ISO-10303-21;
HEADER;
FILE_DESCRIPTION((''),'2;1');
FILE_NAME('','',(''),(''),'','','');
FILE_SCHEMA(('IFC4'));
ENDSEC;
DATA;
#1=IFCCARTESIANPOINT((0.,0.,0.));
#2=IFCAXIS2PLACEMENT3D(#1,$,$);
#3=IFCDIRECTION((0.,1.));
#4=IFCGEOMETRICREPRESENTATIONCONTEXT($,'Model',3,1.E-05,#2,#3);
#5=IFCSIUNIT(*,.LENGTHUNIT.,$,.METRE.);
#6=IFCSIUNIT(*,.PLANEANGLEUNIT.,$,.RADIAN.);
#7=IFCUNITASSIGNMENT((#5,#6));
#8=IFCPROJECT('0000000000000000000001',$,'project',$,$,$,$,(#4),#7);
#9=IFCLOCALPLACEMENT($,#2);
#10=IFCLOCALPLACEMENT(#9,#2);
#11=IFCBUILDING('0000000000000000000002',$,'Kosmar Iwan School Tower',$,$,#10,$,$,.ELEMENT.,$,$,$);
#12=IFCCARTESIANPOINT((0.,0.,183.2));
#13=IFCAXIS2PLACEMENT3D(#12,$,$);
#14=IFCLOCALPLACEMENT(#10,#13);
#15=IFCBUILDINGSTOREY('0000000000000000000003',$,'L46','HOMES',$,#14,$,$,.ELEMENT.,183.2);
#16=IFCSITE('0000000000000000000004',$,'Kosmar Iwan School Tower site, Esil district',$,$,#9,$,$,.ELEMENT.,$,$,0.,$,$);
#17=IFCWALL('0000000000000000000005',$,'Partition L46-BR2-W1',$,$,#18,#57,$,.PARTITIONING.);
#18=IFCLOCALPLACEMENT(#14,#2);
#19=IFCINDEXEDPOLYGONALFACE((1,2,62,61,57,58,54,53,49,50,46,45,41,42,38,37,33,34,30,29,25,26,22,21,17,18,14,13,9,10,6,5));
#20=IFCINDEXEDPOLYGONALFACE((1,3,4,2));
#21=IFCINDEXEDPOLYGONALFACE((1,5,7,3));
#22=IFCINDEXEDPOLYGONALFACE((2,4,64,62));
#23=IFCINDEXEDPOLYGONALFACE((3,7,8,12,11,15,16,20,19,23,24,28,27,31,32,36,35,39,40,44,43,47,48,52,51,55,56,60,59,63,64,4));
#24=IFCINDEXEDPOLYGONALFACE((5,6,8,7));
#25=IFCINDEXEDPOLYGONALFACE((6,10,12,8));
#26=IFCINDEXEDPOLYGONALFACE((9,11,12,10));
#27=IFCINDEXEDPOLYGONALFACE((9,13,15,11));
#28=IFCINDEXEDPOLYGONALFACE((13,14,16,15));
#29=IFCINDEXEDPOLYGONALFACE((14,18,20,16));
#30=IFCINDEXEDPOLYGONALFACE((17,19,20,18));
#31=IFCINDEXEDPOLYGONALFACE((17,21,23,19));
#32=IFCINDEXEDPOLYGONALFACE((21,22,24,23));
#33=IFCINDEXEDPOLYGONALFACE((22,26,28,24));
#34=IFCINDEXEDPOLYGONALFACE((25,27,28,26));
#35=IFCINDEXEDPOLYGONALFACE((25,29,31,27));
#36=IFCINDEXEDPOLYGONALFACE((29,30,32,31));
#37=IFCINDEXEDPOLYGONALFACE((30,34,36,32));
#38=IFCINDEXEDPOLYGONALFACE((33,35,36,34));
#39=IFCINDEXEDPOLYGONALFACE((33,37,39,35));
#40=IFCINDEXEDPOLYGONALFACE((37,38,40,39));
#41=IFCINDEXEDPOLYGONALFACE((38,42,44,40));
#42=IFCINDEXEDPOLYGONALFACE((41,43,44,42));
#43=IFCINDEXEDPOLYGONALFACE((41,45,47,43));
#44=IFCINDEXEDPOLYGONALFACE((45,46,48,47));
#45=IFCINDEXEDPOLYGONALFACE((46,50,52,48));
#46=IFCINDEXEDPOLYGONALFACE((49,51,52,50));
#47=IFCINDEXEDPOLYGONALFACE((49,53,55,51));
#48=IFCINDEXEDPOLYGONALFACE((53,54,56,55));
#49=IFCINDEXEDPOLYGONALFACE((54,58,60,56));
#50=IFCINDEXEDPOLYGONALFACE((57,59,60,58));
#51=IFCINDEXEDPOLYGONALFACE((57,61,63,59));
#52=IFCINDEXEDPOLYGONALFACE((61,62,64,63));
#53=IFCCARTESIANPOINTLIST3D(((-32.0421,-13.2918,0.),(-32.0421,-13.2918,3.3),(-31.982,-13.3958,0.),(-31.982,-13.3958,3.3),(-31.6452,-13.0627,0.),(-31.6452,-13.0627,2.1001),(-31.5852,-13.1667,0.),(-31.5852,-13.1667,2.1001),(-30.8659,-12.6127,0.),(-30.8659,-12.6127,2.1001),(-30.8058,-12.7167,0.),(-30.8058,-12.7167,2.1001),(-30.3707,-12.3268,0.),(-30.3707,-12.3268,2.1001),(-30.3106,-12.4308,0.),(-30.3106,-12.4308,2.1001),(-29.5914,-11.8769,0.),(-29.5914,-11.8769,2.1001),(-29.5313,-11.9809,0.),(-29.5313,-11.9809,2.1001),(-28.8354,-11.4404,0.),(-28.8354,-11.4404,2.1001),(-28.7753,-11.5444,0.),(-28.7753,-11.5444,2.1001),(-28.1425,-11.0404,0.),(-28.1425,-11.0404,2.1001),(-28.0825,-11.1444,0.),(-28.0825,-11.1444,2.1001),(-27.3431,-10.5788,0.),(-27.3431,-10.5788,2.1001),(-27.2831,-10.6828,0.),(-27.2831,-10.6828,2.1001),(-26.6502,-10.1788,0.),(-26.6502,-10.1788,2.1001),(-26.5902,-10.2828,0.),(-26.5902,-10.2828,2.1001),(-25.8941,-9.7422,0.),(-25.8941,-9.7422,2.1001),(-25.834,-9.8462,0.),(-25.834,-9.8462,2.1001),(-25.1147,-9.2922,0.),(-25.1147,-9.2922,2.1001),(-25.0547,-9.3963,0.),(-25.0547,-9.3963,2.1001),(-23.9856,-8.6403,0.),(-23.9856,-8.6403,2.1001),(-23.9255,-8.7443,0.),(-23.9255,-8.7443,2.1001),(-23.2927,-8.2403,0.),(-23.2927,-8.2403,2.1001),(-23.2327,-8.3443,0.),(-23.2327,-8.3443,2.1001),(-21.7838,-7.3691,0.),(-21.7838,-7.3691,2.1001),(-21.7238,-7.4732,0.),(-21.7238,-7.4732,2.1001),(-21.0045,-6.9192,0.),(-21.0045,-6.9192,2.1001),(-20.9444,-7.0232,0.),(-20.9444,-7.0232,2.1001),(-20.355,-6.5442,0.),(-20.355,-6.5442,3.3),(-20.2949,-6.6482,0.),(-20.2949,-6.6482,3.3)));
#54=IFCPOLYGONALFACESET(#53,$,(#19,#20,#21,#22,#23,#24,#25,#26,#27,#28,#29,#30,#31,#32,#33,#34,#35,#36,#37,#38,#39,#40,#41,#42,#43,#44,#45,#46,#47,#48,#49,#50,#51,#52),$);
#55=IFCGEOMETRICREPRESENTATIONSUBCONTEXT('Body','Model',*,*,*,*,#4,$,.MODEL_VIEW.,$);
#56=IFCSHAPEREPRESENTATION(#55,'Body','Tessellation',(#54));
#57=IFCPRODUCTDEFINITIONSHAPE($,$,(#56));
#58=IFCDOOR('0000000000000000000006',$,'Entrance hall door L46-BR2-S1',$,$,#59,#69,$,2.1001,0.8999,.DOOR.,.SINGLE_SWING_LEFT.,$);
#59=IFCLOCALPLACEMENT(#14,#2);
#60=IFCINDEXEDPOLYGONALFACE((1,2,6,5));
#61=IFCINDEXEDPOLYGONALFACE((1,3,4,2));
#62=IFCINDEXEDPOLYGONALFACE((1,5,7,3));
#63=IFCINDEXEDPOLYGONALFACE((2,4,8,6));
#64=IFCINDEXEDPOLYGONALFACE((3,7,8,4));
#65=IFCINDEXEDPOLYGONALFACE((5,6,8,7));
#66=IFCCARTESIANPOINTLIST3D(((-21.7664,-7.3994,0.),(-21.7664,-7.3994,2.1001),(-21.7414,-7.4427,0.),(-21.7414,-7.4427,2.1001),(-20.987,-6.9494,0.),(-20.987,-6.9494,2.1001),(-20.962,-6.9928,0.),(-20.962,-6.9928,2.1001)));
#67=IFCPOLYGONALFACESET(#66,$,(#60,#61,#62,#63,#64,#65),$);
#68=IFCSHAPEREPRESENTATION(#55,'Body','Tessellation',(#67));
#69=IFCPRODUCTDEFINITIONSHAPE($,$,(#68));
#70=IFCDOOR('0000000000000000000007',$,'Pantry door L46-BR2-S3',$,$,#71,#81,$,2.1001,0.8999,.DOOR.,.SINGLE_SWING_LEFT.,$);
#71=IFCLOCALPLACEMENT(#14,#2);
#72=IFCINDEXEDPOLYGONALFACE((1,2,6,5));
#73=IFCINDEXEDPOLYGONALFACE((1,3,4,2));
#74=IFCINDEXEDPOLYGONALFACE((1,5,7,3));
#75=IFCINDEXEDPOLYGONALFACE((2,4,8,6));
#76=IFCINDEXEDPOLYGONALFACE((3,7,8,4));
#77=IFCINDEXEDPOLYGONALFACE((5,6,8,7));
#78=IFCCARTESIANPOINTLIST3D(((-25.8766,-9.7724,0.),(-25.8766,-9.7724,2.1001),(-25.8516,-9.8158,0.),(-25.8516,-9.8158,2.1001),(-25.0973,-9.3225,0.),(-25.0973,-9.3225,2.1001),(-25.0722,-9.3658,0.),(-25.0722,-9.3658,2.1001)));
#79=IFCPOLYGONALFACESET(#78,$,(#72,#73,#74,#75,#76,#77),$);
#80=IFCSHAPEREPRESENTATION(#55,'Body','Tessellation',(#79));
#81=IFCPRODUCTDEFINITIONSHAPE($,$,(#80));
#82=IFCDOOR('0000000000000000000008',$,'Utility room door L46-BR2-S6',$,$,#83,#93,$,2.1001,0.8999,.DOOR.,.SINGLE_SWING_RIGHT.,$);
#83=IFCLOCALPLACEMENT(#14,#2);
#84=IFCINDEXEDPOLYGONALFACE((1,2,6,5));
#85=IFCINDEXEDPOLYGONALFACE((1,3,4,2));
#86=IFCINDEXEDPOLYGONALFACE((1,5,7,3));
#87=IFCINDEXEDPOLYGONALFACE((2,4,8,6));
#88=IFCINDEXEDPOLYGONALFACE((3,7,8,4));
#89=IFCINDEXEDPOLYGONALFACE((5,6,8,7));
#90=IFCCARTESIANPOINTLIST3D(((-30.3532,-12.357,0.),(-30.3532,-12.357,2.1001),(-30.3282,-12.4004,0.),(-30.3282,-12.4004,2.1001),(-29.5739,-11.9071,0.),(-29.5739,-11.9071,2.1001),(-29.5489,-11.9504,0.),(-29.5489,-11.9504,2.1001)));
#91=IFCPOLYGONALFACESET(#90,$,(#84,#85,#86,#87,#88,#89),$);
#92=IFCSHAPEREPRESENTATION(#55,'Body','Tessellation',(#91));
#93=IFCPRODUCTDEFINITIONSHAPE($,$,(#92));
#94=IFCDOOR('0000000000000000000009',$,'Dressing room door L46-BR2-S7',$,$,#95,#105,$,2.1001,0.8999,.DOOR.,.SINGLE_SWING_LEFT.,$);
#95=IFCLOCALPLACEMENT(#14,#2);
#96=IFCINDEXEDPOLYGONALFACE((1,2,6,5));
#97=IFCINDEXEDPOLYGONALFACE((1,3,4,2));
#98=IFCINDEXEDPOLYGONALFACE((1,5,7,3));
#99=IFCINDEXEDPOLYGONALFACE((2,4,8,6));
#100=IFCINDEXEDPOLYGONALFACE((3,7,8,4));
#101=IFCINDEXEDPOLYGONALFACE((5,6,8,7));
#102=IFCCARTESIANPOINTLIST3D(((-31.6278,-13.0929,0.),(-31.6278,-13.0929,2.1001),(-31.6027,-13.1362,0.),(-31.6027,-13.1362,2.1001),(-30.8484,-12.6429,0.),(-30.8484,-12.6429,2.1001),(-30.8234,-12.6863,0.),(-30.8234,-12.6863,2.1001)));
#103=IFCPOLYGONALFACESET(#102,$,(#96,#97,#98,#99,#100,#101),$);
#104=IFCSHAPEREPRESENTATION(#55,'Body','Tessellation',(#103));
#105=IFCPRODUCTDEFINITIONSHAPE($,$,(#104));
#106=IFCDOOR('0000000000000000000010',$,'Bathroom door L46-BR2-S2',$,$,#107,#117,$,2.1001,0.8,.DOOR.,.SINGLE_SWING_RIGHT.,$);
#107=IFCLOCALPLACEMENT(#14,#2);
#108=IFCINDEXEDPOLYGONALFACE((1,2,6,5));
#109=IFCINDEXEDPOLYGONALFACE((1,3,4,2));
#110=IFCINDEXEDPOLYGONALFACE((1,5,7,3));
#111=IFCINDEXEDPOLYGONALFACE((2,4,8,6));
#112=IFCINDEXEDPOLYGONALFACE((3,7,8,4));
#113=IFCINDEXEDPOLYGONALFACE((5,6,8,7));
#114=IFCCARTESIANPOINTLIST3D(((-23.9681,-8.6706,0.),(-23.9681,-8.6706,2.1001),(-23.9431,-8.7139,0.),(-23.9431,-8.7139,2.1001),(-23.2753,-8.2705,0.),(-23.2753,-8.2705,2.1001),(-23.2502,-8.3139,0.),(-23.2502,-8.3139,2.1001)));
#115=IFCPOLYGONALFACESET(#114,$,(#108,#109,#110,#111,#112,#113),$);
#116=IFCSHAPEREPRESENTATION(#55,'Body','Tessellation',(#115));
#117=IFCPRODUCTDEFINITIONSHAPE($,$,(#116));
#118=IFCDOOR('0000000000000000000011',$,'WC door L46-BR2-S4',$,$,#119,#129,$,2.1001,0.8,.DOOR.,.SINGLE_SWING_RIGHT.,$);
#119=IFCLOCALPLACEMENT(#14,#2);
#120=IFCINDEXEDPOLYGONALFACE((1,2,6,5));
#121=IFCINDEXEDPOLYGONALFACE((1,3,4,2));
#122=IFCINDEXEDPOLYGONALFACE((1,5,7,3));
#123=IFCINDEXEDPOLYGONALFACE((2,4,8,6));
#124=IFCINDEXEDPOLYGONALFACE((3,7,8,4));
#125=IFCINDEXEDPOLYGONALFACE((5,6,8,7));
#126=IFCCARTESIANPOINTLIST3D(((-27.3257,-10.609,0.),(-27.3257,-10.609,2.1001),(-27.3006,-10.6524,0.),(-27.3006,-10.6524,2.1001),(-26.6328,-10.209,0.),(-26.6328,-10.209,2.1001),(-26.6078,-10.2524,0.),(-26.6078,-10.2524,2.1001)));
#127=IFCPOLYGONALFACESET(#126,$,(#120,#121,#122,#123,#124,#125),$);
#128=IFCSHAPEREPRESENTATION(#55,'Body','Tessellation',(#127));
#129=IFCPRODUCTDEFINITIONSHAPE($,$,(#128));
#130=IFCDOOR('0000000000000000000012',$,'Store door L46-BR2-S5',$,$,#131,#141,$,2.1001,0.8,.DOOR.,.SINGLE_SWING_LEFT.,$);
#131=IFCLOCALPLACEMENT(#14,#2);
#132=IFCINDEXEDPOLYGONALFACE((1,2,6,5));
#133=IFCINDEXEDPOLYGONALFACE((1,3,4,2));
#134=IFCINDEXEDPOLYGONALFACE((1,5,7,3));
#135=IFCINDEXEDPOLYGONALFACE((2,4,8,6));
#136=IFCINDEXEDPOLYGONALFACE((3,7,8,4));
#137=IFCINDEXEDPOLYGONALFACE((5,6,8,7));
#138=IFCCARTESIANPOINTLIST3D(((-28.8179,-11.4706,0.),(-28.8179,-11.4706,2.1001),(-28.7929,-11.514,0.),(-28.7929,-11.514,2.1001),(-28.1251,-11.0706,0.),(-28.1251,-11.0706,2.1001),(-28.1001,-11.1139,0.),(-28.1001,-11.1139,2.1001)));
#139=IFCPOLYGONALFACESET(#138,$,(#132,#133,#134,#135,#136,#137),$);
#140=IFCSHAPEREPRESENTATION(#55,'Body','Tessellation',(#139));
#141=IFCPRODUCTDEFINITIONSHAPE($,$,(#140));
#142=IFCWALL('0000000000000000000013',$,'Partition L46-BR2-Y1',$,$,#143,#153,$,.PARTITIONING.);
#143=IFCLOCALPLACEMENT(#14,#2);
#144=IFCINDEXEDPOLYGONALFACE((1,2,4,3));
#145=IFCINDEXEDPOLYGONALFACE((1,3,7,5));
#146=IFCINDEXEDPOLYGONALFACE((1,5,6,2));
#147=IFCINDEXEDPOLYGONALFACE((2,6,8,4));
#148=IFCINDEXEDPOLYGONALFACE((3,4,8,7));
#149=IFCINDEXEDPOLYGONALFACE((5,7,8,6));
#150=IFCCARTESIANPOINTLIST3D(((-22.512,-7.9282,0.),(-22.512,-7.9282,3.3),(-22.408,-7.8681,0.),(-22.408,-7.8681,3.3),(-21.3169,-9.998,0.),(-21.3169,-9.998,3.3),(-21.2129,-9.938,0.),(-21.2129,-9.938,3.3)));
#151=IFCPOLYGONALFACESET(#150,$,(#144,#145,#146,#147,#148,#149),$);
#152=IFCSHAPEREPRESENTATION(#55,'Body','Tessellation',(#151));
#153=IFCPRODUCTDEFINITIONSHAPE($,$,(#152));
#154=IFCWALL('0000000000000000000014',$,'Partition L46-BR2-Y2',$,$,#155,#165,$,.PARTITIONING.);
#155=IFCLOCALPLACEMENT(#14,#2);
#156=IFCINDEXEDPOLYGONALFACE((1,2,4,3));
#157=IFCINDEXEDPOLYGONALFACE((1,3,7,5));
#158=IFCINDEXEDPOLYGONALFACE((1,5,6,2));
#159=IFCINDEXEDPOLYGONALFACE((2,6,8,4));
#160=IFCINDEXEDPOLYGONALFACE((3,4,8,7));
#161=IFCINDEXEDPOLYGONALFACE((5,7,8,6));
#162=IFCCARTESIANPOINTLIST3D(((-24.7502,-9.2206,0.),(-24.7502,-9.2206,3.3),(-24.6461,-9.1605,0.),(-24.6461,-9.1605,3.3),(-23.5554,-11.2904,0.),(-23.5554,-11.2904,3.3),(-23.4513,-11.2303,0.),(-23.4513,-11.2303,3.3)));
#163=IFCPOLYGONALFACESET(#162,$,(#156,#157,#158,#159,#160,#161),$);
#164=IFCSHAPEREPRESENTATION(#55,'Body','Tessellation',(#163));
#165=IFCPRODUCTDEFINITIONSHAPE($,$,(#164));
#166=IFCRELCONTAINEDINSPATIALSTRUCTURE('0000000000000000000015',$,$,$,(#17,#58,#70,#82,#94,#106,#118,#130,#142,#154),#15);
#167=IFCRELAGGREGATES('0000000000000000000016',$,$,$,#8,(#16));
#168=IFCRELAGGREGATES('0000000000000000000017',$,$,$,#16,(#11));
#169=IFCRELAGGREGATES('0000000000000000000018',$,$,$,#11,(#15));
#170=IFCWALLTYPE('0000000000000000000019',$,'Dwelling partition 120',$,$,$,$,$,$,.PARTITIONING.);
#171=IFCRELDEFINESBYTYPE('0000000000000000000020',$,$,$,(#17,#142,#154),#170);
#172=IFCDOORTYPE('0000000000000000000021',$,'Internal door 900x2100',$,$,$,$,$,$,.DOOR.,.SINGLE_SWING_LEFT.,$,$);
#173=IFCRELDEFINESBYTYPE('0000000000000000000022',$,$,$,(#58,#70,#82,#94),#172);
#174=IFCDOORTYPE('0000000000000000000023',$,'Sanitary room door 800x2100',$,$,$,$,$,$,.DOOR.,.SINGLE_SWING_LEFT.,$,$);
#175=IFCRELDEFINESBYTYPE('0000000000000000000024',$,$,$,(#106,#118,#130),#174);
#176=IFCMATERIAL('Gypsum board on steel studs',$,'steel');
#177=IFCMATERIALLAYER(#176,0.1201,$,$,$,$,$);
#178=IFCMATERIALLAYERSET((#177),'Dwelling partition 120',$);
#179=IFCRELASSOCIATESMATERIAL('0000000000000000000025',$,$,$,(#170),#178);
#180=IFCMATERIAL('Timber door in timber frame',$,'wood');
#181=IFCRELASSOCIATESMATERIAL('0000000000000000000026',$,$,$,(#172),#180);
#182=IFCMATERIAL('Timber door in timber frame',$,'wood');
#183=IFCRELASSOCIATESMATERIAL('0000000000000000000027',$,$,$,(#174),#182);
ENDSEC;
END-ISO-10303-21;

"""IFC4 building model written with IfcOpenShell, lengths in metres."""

from ifc_helpers import new_model, si_unit, direction, frame, frame_2d, origin, place, context, subcontext, project, spatial, rectangle, extrude, material, layer, layer_set, type_object, element, fill, save


model = new_model("IFC4")

# Units and contexts
model_context = context("Model", 3, precision=1e-05, world=origin(), true_north=direction((0.0, 1.0)))
body_context = subcontext(model_context, "Body", "Model", "MODEL_VIEW")
ifc_project = project(units=[si_unit("LENGTHUNIT", "METRE"), si_unit("PLANEANGLEUNIT", "RADIAN")], contexts=[model_context])

# Site, building, storey
site_placement = place(None, origin())
site = spatial("IfcSite", under=ifc_project, at=site_placement, Name="Kosmar Iwan School Tower site, Esil district", CompositionType="ELEMENT", RefElevation=0.0)
building_placement = place(site_placement, origin())
building = spatial("IfcBuilding", under=site, at=building_placement, Name="Kosmar Iwan School Tower", CompositionType="ELEMENT")
storey_placement = place(building_placement, frame((0.0, 0.0, 183.2)))
storey = spatial("IfcBuildingStorey", under=building, at=storey_placement, Name="L46", Description="HOMES", CompositionType="ELEMENT", Elevation=183.2)

# Shared definitions
ifc_material_1 = material(Name="Gypsum board on steel studs", Category="steel")
ifc_layer_1 = layer(ifc_material_1, 0.1201)
ifc_layer_set_1 = layer_set([ifc_layer_1], Name="Dwelling partition 120")
wall_type_1 = type_object("IfcWallType", Name="Dwelling partition 120", PredefinedType="PARTITIONING", material=ifc_layer_set_1)

# Wall, openings, doors
wall_1_placement = place(storey_placement, frame((-20.325, -6.5962, 0.0), z_axis=(0.0, 0.0, 1.0), x_axis=(-0.866024, -0.500003, 0.0)))
wall_1 = element("IfcWall", 1, at=wall_1_placement, inside=storey, type_object=wall_type_1, Name="Partition L46-BR2-W1", PredefinedType="PARTITIONING", context=body_context, shape_type="SweptSolid", body=[
    extrude(rectangle(XDim=13.4951, YDim=0.1201, at=frame_2d((6.7476, 0.0))), origin(), (0.0, 0.0, 1.0), 3.3),
])
opening_1_placement = place(wall_1_placement, frame((0.75, 0.0, 0.0)))
opening_1 = element("IfcOpeningElement", 2, at=opening_1_placement, cuts=wall_1, PredefinedType="OPENING", context=body_context, shape_type="SweptSolid", body=[
    extrude(rectangle(XDim=0.8999, YDim=2.1001, at=frame_2d((0.45, 1.05))), frame((0.0, 0.072, 0.0), z_axis=(0.0, -1.0, 0.0), x_axis=(1.0, 0.0, 0.0)), (0.0, 0.0, 1.0), 0.144),
])
opening_2_placement = place(wall_1_placement, frame((3.3923, 0.0, 0.0)))
opening_2 = element("IfcOpeningElement", 3, at=opening_2_placement, cuts=wall_1, PredefinedType="OPENING", context=body_context, shape_type="SweptSolid", body=[
    extrude(rectangle(XDim=0.8, YDim=2.1001, at=frame_2d((0.3999, 1.05))), frame((0.0, 0.072, 0.0), z_axis=(0.0, -1.0, 0.0), x_axis=(1.0, 0.0, 0.0)), (0.0, 0.0, 1.0), 0.144),
])
opening_3_placement = place(wall_1_placement, frame((5.4961, 0.0, 0.0)))
opening_3 = element("IfcOpeningElement", 4, at=opening_3_placement, cuts=wall_1, PredefinedType="OPENING", context=body_context, shape_type="SweptSolid", body=[
    extrude(rectangle(XDim=0.8999, YDim=2.1001, at=frame_2d((0.45, 1.05))), frame((0.0, 0.072, 0.0), z_axis=(0.0, -1.0, 0.0), x_axis=(1.0, 0.0, 0.0)), (0.0, 0.0, 1.0), 0.144),
])
opening_4_placement = place(wall_1_placement, frame((7.2693, 0.0, 0.0)))
opening_4 = element("IfcOpeningElement", 5, at=opening_4_placement, cuts=wall_1, PredefinedType="OPENING", context=body_context, shape_type="SweptSolid", body=[
    extrude(rectangle(XDim=0.8, YDim=2.1001, at=frame_2d((0.3999, 1.05))), frame((0.0, 0.072, 0.0), z_axis=(0.0, -1.0, 0.0), x_axis=(1.0, 0.0, 0.0)), (0.0, 0.0, 1.0), 0.144),
])
opening_5_placement = place(wall_1_placement, frame((8.9924, 0.0, 0.0)))
opening_5 = element("IfcOpeningElement", 6, at=opening_5_placement, cuts=wall_1, PredefinedType="OPENING", context=body_context, shape_type="SweptSolid", body=[
    extrude(rectangle(XDim=0.8, YDim=2.1001, at=frame_2d((0.3999, 1.05))), frame((0.0, 0.072, 0.0), z_axis=(0.0, -1.0, 0.0), x_axis=(1.0, 0.0, 0.0)), (0.0, 0.0, 1.0), 0.144),
])
opening_6_placement = place(wall_1_placement, frame((10.6653, 0.0, 0.0)))
opening_6 = element("IfcOpeningElement", 7, at=opening_6_placement, cuts=wall_1, PredefinedType="OPENING", context=body_context, shape_type="SweptSolid", body=[
    extrude(rectangle(XDim=0.8999, YDim=2.1001, at=frame_2d((0.45, 1.05))), frame((0.0, 0.072, 0.0), z_axis=(0.0, -1.0, 0.0), x_axis=(1.0, 0.0, 0.0)), (0.0, 0.0, 1.0), 0.144),
])
opening_7_placement = place(wall_1_placement, frame((12.137, 0.0, 0.0)))
opening_7 = element("IfcOpeningElement", 8, at=opening_7_placement, cuts=wall_1, PredefinedType="OPENING", context=body_context, shape_type="SweptSolid", body=[
    extrude(rectangle(XDim=0.8999, YDim=2.1001, at=frame_2d((0.45, 1.05))), frame((0.0, 0.072, 0.0), z_axis=(0.0, -1.0, 0.0), x_axis=(1.0, 0.0, 0.0)), (0.0, 0.0, 1.0), 0.144),
])
ifc_material_2 = material(Name="Timber door in timber frame", Category="wood")
door_type_1 = type_object("IfcDoorType", Name="Internal door 900x2100", OperationType="SINGLE_SWING_LEFT", PredefinedType="DOOR", material=ifc_material_2)
door_1_placement = place(opening_1_placement, origin())
door_1 = element("IfcDoor", 9, at=door_1_placement, inside=storey, type_object=door_type_1, Name="Entrance hall door L46-BR2-S1", OperationType="SINGLE_SWING_LEFT", OverallHeight=2.1001, OverallWidth=0.8999, PredefinedType="DOOR", context=body_context, shape_type="SweptSolid", body=[
    extrude(rectangle(XDim=0.8999, YDim=2.1001, at=frame_2d((0.45, 1.05))), frame((0.0, 0.0249, 0.0), z_axis=(0.0, -1.0, 0.0), x_axis=(1.0, 0.0, 0.0)), (0.0, 0.0, 1.0), 0.05),
])
fill(opening_1, door_1)
door_2_placement = place(opening_3_placement, origin())
door_2 = element("IfcDoor", 10, at=door_2_placement, inside=storey, type_object=door_type_1, Name="Pantry door L46-BR2-S3", OperationType="SINGLE_SWING_LEFT", OverallHeight=2.1001, OverallWidth=0.8999, PredefinedType="DOOR", context=body_context, shape_type="SweptSolid", body=[
    extrude(rectangle(XDim=0.8999, YDim=2.1001, at=frame_2d((0.45, 1.05))), frame((0.0, 0.0249, 0.0), z_axis=(0.0, -1.0, 0.0), x_axis=(1.0, 0.0, 0.0)), (0.0, 0.0, 1.0), 0.05),
])
fill(opening_3, door_2)
door_3_placement = place(opening_6_placement, origin())
door_3 = element("IfcDoor", 11, at=door_3_placement, inside=storey, type_object=door_type_1, Name="Utility room door L46-BR2-S6", OperationType="SINGLE_SWING_RIGHT", OverallHeight=2.1001, OverallWidth=0.8999, PredefinedType="DOOR", context=body_context, shape_type="SweptSolid", body=[
    extrude(rectangle(XDim=0.8999, YDim=2.1001, at=frame_2d((0.45, 1.05))), frame((0.0, 0.0249, 0.0), z_axis=(0.0, -1.0, 0.0), x_axis=(1.0, 0.0, 0.0)), (0.0, 0.0, 1.0), 0.05),
])
fill(opening_6, door_3)
door_4_placement = place(opening_7_placement, origin())
door_4 = element("IfcDoor", 12, at=door_4_placement, inside=storey, type_object=door_type_1, Name="Dressing room door L46-BR2-S7", OperationType="SINGLE_SWING_LEFT", OverallHeight=2.1001, OverallWidth=0.8999, PredefinedType="DOOR", context=body_context, shape_type="SweptSolid", body=[
    extrude(rectangle(XDim=0.8999, YDim=2.1001, at=frame_2d((0.45, 1.05))), frame((0.0, 0.0249, 0.0), z_axis=(0.0, -1.0, 0.0), x_axis=(1.0, 0.0, 0.0)), (0.0, 0.0, 1.0), 0.05),
])
fill(opening_7, door_4)
ifc_material_3 = material(Name="Timber door in timber frame", Category="wood")
door_type_2 = type_object("IfcDoorType", Name="Sanitary room door 800x2100", OperationType="SINGLE_SWING_LEFT", PredefinedType="DOOR", material=ifc_material_3)
door_5_placement = place(opening_2_placement, origin())
door_5 = element("IfcDoor", 13, at=door_5_placement, inside=storey, type_object=door_type_2, Name="Bathroom door L46-BR2-S2", OperationType="SINGLE_SWING_RIGHT", OverallHeight=2.1001, OverallWidth=0.8, PredefinedType="DOOR", context=body_context, shape_type="SweptSolid", body=[
    extrude(rectangle(XDim=0.8, YDim=2.1001, at=frame_2d((0.3999, 1.05))), frame((0.0, 0.0249, 0.0), z_axis=(0.0, -1.0, 0.0), x_axis=(1.0, 0.0, 0.0)), (0.0, 0.0, 1.0), 0.05),
])
fill(opening_2, door_5)
door_6_placement = place(opening_4_placement, origin())
door_6 = element("IfcDoor", 14, at=door_6_placement, inside=storey, type_object=door_type_2, Name="WC door L46-BR2-S4", OperationType="SINGLE_SWING_RIGHT", OverallHeight=2.1001, OverallWidth=0.8, PredefinedType="DOOR", context=body_context, shape_type="SweptSolid", body=[
    extrude(rectangle(XDim=0.8, YDim=2.1001, at=frame_2d((0.3999, 1.05))), frame((0.0, 0.0249, 0.0), z_axis=(0.0, -1.0, 0.0), x_axis=(1.0, 0.0, 0.0)), (0.0, 0.0, 1.0), 0.05),
])
fill(opening_4, door_6)
door_7_placement = place(opening_5_placement, origin())
door_7 = element("IfcDoor", 15, at=door_7_placement, inside=storey, type_object=door_type_2, Name="Store door L46-BR2-S5", OperationType="SINGLE_SWING_LEFT", OverallHeight=2.1001, OverallWidth=0.8, PredefinedType="DOOR", context=body_context, shape_type="SweptSolid", body=[
    extrude(rectangle(XDim=0.8, YDim=2.1001, at=frame_2d((0.3999, 1.05))), frame((0.0, 0.0249, 0.0), z_axis=(0.0, -1.0, 0.0), x_axis=(1.0, 0.0, 0.0)), (0.0, 0.0, 1.0), 0.05),
])
fill(opening_5, door_7)

# Walls
wall_2_placement = place(storey_placement, frame((-21.2649, -9.968, 0.0), z_axis=(0.0, 0.0, 1.0), x_axis=(-0.500017, 0.866015, 0.0)))
element("IfcWall", 16, at=wall_2_placement, inside=storey, type_object=wall_type_1, Name="Partition L46-BR2-Y1", PredefinedType="PARTITIONING", context=body_context, shape_type="SweptSolid", body=[
    extrude(rectangle(XDim=2.3901, YDim=0.1201, at=frame_2d((1.1951, 0.0))), origin(), (0.0, 0.0, 1.0), 3.3),
])
wall_3_placement = place(storey_placement, frame((-23.5034, -11.2603, 0.0), z_axis=(0.0, 0.0, 1.0), x_axis=(-0.499941, 0.86606, 0.0)))
element("IfcWall", 17, at=wall_3_placement, inside=storey, type_object=wall_type_1, Name="Partition L46-BR2-Y2", PredefinedType="PARTITIONING", context=body_context, shape_type="SweptSolid", body=[
    extrude(rectangle(XDim=2.3899, YDim=0.1201, at=frame_2d((1.1948, 0.0))), origin(), (0.0, 0.0, 1.0), 3.3),
])

save(model, "model.ifc")
